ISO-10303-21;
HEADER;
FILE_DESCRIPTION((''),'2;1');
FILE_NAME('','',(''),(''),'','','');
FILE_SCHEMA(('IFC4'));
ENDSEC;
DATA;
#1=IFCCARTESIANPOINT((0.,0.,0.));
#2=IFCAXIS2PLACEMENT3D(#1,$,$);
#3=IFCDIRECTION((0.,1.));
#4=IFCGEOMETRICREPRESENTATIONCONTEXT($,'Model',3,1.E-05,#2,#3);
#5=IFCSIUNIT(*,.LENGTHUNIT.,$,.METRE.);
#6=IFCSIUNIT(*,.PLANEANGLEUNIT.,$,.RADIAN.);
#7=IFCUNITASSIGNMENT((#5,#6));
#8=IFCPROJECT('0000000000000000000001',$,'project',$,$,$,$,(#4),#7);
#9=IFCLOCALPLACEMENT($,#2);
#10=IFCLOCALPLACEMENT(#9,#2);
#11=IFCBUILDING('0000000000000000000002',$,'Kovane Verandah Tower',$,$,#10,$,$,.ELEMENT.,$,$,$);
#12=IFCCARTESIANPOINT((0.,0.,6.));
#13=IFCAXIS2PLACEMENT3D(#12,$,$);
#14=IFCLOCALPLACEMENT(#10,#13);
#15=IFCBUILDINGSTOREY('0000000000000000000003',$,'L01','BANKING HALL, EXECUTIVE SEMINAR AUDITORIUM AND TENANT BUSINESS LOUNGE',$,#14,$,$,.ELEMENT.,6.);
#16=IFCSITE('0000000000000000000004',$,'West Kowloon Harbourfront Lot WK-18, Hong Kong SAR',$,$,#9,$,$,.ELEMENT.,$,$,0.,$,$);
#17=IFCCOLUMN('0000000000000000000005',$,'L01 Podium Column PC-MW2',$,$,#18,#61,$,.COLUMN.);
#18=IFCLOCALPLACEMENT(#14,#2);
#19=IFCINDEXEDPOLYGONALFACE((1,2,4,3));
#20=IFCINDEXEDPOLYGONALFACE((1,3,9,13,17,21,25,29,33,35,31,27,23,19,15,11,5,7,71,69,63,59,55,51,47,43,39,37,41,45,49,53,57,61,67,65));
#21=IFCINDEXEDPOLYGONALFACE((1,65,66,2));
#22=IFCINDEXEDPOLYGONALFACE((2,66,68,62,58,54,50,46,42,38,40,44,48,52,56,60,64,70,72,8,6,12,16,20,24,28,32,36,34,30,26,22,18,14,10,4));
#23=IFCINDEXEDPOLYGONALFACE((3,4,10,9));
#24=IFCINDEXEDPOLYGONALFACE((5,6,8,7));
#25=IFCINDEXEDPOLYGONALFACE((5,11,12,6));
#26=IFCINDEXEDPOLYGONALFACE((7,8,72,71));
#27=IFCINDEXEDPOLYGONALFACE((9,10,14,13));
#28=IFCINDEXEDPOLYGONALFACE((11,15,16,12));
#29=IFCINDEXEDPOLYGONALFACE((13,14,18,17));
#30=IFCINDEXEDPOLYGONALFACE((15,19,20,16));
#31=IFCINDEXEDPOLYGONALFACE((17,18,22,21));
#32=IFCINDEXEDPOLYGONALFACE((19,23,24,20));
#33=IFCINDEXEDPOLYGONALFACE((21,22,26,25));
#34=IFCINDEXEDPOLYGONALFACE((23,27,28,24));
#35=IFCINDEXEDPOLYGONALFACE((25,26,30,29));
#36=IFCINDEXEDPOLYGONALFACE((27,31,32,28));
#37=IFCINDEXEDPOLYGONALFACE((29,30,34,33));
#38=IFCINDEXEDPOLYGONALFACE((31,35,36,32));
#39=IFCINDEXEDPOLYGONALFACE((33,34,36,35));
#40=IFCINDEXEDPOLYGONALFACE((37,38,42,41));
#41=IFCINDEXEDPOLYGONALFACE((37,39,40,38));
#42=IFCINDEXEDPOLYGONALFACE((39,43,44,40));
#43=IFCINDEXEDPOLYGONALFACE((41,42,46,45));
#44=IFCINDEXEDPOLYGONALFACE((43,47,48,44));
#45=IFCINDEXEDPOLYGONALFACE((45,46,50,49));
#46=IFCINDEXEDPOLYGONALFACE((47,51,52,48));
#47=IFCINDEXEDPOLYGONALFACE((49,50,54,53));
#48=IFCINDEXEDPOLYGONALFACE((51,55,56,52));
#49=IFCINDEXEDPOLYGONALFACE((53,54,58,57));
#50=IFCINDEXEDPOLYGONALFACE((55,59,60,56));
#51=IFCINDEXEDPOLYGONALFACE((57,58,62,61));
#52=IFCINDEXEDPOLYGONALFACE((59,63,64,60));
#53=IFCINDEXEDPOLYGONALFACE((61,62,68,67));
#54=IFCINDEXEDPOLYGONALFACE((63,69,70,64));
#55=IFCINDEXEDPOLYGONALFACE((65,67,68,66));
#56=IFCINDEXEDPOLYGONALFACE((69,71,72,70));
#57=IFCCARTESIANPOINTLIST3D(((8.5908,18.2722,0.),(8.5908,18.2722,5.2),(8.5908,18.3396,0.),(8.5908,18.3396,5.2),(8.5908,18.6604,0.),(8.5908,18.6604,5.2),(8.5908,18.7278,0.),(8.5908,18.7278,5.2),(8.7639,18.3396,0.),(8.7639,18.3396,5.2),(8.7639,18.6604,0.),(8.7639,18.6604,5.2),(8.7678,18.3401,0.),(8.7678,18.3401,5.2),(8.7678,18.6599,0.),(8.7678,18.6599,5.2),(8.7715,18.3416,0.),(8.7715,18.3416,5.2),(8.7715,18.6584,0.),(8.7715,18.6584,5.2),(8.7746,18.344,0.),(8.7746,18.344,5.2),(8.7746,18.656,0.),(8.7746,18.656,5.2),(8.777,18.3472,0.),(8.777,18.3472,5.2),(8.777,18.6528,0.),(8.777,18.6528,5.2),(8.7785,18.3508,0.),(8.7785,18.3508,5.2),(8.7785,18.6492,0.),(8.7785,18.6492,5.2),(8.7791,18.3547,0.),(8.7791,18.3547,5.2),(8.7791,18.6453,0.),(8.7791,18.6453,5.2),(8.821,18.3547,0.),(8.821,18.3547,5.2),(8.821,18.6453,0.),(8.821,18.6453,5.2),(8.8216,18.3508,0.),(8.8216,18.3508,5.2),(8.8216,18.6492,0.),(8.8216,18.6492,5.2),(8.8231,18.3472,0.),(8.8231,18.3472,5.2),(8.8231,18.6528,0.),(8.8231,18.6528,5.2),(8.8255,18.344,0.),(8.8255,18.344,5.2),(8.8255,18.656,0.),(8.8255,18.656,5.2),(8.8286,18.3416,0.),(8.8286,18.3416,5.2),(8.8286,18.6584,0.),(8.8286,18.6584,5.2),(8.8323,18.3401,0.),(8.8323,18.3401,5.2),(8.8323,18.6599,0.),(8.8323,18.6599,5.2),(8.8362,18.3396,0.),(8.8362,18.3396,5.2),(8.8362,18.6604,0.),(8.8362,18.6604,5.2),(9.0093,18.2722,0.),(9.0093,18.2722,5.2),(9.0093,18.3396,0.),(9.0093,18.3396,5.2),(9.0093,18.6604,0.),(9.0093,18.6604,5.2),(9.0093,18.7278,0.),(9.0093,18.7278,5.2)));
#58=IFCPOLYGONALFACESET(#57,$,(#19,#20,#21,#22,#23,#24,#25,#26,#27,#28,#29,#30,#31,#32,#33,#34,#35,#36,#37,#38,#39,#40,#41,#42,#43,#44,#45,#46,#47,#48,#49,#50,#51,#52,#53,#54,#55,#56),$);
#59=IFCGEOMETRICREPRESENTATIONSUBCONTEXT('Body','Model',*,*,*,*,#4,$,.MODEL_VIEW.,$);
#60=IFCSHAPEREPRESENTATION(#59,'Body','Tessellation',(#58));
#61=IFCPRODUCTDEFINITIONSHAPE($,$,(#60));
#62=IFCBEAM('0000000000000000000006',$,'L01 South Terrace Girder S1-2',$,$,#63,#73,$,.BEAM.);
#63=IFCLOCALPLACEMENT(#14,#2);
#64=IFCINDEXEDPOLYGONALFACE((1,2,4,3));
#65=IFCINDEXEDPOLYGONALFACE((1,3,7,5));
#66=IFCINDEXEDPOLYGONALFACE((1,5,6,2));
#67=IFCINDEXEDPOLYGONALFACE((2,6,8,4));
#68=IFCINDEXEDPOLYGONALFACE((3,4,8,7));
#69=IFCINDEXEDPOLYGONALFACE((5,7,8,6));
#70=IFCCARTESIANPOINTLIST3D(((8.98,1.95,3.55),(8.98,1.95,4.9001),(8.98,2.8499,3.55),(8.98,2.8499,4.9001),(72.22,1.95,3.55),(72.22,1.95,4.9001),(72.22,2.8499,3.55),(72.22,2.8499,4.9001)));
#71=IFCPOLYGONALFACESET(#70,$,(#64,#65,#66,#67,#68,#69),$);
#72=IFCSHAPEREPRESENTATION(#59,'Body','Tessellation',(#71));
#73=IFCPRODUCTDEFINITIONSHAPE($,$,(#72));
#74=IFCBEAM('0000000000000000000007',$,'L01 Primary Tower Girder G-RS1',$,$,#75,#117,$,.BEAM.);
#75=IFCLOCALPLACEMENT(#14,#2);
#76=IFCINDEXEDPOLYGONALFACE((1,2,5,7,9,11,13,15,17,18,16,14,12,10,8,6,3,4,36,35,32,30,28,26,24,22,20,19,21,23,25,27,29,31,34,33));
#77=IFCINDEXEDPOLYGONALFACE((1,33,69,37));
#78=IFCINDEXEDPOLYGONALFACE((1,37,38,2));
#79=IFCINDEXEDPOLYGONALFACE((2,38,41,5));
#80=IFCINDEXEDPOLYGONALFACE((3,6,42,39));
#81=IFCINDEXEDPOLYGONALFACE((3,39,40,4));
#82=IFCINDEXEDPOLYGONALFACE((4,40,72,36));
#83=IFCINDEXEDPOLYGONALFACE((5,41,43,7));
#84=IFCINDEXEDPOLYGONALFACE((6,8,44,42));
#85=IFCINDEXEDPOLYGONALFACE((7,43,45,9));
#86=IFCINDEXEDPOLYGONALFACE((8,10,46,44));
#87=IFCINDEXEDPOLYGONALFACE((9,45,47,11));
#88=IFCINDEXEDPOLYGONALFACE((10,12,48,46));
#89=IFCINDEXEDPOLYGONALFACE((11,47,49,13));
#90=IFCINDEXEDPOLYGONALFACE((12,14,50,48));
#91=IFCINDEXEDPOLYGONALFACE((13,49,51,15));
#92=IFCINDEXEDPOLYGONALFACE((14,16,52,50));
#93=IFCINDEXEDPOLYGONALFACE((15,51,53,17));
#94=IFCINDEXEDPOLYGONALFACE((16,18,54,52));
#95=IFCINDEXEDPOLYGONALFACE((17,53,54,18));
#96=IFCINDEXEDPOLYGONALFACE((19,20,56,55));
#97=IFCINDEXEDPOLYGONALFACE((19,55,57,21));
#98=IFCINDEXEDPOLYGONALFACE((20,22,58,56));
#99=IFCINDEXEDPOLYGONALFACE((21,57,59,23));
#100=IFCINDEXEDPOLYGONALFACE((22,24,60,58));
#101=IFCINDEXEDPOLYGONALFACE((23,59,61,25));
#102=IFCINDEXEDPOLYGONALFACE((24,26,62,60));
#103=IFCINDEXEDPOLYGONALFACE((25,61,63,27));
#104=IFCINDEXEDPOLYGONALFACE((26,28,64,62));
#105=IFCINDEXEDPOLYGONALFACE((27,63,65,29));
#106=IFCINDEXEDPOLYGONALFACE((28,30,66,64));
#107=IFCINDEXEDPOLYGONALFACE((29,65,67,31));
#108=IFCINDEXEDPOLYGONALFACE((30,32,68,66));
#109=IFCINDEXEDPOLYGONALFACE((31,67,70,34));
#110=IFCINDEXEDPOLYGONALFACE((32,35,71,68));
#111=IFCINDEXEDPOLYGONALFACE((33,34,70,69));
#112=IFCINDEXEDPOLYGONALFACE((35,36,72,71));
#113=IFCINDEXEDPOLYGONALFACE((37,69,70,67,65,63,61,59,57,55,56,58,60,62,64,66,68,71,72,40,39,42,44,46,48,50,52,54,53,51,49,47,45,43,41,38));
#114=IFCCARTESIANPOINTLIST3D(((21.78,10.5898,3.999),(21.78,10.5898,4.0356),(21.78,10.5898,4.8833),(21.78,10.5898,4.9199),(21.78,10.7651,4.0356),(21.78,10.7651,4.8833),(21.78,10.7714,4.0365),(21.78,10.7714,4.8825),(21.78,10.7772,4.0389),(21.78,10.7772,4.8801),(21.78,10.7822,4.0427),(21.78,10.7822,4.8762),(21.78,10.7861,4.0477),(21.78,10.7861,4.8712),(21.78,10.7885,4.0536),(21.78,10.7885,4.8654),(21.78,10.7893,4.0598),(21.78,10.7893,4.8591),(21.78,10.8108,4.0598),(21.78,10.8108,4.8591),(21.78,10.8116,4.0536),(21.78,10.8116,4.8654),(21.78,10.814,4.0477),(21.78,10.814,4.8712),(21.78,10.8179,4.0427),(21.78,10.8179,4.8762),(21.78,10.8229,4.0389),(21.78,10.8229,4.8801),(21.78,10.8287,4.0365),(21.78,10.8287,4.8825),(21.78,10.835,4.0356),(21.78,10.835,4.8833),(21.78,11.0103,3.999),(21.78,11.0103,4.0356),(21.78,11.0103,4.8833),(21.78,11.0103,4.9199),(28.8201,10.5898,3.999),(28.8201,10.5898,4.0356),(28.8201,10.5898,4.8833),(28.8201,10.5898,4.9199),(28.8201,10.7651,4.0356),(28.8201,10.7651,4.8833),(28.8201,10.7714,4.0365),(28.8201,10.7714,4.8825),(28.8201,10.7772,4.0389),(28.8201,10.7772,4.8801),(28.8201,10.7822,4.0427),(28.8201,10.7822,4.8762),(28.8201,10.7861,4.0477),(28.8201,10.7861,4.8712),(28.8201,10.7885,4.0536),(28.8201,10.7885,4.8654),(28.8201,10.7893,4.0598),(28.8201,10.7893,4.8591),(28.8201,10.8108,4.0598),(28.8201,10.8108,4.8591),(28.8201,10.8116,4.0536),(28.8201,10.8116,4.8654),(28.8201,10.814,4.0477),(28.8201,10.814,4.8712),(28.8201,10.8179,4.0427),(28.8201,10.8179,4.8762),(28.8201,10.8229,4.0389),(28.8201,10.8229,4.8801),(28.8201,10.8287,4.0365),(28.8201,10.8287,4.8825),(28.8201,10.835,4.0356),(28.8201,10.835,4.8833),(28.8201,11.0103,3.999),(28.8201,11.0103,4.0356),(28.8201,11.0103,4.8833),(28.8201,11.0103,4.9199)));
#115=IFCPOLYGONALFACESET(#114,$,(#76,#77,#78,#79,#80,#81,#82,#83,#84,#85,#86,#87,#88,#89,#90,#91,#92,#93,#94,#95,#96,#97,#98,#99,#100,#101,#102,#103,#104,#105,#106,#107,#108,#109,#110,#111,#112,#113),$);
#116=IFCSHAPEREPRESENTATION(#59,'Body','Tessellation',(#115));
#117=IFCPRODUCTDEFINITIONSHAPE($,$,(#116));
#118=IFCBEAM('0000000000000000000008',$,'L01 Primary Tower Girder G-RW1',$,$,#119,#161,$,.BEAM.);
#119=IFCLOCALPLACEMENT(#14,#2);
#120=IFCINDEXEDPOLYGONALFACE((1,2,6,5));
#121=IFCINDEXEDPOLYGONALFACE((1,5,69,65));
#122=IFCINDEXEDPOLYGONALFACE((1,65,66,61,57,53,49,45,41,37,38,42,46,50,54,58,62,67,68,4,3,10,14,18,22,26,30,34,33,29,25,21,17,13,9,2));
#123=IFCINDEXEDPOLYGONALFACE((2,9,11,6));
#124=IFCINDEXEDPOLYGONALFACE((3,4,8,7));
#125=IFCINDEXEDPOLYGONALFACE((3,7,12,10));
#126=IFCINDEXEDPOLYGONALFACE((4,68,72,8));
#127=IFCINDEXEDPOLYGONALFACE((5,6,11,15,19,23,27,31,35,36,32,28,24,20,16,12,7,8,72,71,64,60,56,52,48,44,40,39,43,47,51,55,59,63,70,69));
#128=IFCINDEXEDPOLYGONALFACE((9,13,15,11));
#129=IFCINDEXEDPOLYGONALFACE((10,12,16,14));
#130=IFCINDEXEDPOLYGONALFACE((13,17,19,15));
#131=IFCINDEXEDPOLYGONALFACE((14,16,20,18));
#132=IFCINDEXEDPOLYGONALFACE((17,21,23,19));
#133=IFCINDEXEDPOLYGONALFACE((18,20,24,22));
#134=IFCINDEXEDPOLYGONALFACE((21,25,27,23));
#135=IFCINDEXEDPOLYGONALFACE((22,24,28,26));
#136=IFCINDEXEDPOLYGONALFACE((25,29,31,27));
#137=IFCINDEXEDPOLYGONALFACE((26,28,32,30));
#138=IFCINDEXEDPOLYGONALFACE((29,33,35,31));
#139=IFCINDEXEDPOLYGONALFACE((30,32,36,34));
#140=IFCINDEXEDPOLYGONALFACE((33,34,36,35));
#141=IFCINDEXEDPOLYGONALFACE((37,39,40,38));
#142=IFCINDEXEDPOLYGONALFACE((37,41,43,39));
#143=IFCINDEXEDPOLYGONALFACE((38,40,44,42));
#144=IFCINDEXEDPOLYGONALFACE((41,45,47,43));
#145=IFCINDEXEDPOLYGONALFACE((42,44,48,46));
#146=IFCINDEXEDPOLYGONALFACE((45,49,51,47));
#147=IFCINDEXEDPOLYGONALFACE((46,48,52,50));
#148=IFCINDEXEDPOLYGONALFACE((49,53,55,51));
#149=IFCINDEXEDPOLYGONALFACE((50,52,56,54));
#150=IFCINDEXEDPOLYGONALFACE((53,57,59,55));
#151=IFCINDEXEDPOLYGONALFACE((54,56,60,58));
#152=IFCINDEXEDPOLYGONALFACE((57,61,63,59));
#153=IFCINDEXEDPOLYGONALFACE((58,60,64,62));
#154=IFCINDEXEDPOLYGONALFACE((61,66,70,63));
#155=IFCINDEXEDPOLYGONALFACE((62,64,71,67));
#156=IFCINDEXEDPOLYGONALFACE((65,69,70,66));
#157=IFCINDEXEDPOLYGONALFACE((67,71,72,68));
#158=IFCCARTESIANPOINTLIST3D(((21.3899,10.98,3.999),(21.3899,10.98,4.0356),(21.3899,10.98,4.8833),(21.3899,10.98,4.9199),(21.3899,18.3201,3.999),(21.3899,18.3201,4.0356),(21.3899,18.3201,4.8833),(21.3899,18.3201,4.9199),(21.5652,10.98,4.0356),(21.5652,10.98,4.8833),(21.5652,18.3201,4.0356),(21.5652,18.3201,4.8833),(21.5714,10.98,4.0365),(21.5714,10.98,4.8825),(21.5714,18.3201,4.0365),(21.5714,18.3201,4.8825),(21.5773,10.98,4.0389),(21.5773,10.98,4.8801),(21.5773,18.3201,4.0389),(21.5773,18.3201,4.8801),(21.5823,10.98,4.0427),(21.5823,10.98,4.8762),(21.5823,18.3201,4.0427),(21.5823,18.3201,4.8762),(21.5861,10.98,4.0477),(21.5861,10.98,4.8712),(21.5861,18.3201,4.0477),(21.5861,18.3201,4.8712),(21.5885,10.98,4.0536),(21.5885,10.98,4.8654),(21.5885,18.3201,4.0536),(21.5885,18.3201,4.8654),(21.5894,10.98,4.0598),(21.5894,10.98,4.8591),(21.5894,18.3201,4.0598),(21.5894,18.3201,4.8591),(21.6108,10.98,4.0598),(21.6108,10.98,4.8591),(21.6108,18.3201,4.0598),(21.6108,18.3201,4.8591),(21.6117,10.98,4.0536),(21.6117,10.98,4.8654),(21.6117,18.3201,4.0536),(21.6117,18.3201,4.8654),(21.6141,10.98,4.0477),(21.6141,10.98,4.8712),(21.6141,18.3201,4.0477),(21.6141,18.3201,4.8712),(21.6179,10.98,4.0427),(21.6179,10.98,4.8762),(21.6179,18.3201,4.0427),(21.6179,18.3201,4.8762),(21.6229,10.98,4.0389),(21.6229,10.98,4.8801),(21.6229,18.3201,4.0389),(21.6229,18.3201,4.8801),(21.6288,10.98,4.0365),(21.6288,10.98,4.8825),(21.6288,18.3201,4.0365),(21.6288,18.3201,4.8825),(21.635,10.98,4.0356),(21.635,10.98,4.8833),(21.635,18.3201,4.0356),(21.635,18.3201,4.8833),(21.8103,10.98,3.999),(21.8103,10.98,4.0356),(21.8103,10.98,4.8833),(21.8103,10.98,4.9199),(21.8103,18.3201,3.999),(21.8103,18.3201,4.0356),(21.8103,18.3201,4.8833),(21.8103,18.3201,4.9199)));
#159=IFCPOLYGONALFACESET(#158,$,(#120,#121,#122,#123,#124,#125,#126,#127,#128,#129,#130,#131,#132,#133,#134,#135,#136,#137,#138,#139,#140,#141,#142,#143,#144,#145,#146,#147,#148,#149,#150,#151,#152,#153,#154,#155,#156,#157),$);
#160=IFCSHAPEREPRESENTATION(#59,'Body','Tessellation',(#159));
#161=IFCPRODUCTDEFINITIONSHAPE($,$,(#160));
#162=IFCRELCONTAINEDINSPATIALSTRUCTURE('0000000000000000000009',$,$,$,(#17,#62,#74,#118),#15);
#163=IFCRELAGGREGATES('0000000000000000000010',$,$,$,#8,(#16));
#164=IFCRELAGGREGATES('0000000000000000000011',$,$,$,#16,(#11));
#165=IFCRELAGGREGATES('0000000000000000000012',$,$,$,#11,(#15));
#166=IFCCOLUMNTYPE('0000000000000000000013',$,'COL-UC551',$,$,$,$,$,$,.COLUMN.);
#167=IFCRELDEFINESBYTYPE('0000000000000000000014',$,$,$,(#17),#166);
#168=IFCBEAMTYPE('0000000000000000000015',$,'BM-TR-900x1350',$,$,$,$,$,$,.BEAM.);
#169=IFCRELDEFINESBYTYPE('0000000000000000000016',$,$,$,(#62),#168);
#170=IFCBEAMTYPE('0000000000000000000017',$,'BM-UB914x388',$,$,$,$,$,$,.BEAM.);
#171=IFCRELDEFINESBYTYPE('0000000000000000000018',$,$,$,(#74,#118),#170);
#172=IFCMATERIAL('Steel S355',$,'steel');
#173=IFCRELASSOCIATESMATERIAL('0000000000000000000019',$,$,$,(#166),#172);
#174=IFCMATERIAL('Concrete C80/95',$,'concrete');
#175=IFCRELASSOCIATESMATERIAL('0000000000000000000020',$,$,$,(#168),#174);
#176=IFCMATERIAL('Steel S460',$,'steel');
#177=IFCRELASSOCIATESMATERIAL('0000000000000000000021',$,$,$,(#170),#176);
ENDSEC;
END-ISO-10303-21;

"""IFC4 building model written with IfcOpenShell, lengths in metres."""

from ifc_helpers import new_model, si_unit, direction, frame, origin, origin_2d, place, context, subcontext, project, spatial, rectangle, i_section, extrude, material, material_profile, profile_set, type_object, element, save


model = new_model("IFC4")

# Units and contexts
model_context = context("Model", 3, precision=1e-05, world=origin(), true_north=direction((0.0, 1.0)))
body_context = subcontext(model_context, "Body", "Model", "MODEL_VIEW")
ifc_project = project(units=[si_unit("LENGTHUNIT", "METRE"), si_unit("PLANEANGLEUNIT", "RADIAN")], contexts=[model_context])

# Site, building, storey
site_placement = place(None, origin())
site = spatial("IfcSite", under=ifc_project, at=site_placement, Name="West Kowloon Harbourfront Lot WK-18, Hong Kong SAR", CompositionType="ELEMENT", RefElevation=0.0)
building_placement = place(site_placement, origin())
building = spatial("IfcBuilding", under=site, at=building_placement, Name="Kovane Verandah Tower", CompositionType="ELEMENT")
storey_placement = place(building_placement, frame((0.0, 0.0, 6.0)))
storey = spatial("IfcBuildingStorey", under=building, at=storey_placement, Name="L01", Description="BANKING HALL, EXECUTIVE SEMINAR AUDITORIUM AND TENANT BUSINESS LOUNGE", CompositionType="ELEMENT", Elevation=6.0)

# Column
ifc_material_1 = material(Name="Concrete C80/95", Category="concrete")
ifc_material_2 = material(Name="Steel S460", Category="steel")
ifc_material_3 = material(Name="Steel S355", Category="steel")
ifc_material_profile_1 = material_profile(ifc_material_3, i_section(OverallWidth=0.4185, OverallDepth=0.4556, WebThickness=0.042, FlangeThickness=0.0674, FilletRadius=0.0151, at=origin_2d()), Name="UC356x406x551")
ifc_profile_set_1 = profile_set([ifc_material_profile_1], Name="Steel S355")
column_type_1 = type_object("IfcColumnType", Name="COL-UC551", PredefinedType="COLUMN", material=ifc_profile_set_1)
for number, where, z_axis, x_axis, name in (
    (1, (8.8, 18.5, 0.0), (0.0, 0.0, 1.0), (1.0, 0.0, 0.0), "L01 Podium Column PC-MW2"),
):
    element("IfcColumn", number, at=place(storey_placement, frame(where, z_axis=z_axis, x_axis=x_axis)), inside=storey, type_object=column_type_1, Name=name, PredefinedType="COLUMN", context=body_context, shape_type="SweptSolid", body=[
        extrude(i_section(OverallWidth=0.4185, OverallDepth=0.4556, WebThickness=0.042, FlangeThickness=0.0674, FilletRadius=0.0151, at=origin_2d()), origin(), (0.0, 0.0, 1.0), 5.2),
    ])

# Beams
ifc_material_profile_2 = material_profile(ifc_material_1, rectangle(XDim=0.8999, YDim=1.3501, at=origin_2d()), Name="RCB900x1350")
ifc_profile_set_2 = profile_set([ifc_material_profile_2], Name="Concrete C80/95")
beam_type_1 = type_object("IfcBeamType", Name="BM-TR-900x1350", PredefinedType="BEAM", material=ifc_profile_set_2)
beam_1_placement = place(storey_placement, frame((8.98, 2.3999, 4.2251), z_axis=(1.0, 0.0, 0.0), x_axis=(0.0, 1.0, 0.0)))
element("IfcBeam", 2, at=beam_1_placement, inside=storey, type_object=beam_type_1, Name="L01 South Terrace Girder S1-2", PredefinedType="BEAM", context=body_context, shape_type="SweptSolid", body=[
    extrude(rectangle(XDim=0.8999, YDim=1.3501, at=origin_2d()), origin(), (0.0, 0.0, 1.0), 63.24),
])
ifc_material_profile_3 = material_profile(ifc_material_2, i_section(OverallWidth=0.4204, OverallDepth=0.9209, WebThickness=0.0215, FlangeThickness=0.0366, FilletRadius=0.0242, at=origin_2d()), Name="UB914x419x388")
ifc_profile_set_3 = profile_set([ifc_material_profile_3], Name="Steel S460")
beam_type_2 = type_object("IfcBeamType", Name="BM-UB914x388", PredefinedType="BEAM", material=ifc_profile_set_3)
beam_2_placement = place(storey_placement, frame((21.78, 10.8, 4.4595), z_axis=(1.0, 0.0, 0.0), x_axis=(0.0, 1.0, 0.0)))
element("IfcBeam", 3, at=beam_2_placement, inside=storey, type_object=beam_type_2, Name="L01 Primary Tower Girder G-RS1", PredefinedType="BEAM", context=body_context, shape_type="SweptSolid", body=[
    extrude(i_section(OverallWidth=0.4204, OverallDepth=0.9209, WebThickness=0.0215, FlangeThickness=0.0366, FilletRadius=0.0242, at=origin_2d()), origin(), (0.0, 0.0, 1.0), 7.04),
])
beam_3_placement = place(storey_placement, frame((21.6001, 10.98, 4.4595), z_axis=(0.0, 1.0, 0.0), x_axis=(-1.0, 0.0, 0.0)))
element("IfcBeam", 4, at=beam_3_placement, inside=storey, type_object=beam_type_2, Name="L01 Primary Tower Girder G-RW1", PredefinedType="BEAM", context=body_context, shape_type="SweptSolid", body=[
    extrude(i_section(OverallWidth=0.4204, OverallDepth=0.9209, WebThickness=0.0215, FlangeThickness=0.0366, FilletRadius=0.0242, at=origin_2d()), origin(), (0.0, 0.0, 1.0), 7.3401),
])

save(model, "model.ifc")
